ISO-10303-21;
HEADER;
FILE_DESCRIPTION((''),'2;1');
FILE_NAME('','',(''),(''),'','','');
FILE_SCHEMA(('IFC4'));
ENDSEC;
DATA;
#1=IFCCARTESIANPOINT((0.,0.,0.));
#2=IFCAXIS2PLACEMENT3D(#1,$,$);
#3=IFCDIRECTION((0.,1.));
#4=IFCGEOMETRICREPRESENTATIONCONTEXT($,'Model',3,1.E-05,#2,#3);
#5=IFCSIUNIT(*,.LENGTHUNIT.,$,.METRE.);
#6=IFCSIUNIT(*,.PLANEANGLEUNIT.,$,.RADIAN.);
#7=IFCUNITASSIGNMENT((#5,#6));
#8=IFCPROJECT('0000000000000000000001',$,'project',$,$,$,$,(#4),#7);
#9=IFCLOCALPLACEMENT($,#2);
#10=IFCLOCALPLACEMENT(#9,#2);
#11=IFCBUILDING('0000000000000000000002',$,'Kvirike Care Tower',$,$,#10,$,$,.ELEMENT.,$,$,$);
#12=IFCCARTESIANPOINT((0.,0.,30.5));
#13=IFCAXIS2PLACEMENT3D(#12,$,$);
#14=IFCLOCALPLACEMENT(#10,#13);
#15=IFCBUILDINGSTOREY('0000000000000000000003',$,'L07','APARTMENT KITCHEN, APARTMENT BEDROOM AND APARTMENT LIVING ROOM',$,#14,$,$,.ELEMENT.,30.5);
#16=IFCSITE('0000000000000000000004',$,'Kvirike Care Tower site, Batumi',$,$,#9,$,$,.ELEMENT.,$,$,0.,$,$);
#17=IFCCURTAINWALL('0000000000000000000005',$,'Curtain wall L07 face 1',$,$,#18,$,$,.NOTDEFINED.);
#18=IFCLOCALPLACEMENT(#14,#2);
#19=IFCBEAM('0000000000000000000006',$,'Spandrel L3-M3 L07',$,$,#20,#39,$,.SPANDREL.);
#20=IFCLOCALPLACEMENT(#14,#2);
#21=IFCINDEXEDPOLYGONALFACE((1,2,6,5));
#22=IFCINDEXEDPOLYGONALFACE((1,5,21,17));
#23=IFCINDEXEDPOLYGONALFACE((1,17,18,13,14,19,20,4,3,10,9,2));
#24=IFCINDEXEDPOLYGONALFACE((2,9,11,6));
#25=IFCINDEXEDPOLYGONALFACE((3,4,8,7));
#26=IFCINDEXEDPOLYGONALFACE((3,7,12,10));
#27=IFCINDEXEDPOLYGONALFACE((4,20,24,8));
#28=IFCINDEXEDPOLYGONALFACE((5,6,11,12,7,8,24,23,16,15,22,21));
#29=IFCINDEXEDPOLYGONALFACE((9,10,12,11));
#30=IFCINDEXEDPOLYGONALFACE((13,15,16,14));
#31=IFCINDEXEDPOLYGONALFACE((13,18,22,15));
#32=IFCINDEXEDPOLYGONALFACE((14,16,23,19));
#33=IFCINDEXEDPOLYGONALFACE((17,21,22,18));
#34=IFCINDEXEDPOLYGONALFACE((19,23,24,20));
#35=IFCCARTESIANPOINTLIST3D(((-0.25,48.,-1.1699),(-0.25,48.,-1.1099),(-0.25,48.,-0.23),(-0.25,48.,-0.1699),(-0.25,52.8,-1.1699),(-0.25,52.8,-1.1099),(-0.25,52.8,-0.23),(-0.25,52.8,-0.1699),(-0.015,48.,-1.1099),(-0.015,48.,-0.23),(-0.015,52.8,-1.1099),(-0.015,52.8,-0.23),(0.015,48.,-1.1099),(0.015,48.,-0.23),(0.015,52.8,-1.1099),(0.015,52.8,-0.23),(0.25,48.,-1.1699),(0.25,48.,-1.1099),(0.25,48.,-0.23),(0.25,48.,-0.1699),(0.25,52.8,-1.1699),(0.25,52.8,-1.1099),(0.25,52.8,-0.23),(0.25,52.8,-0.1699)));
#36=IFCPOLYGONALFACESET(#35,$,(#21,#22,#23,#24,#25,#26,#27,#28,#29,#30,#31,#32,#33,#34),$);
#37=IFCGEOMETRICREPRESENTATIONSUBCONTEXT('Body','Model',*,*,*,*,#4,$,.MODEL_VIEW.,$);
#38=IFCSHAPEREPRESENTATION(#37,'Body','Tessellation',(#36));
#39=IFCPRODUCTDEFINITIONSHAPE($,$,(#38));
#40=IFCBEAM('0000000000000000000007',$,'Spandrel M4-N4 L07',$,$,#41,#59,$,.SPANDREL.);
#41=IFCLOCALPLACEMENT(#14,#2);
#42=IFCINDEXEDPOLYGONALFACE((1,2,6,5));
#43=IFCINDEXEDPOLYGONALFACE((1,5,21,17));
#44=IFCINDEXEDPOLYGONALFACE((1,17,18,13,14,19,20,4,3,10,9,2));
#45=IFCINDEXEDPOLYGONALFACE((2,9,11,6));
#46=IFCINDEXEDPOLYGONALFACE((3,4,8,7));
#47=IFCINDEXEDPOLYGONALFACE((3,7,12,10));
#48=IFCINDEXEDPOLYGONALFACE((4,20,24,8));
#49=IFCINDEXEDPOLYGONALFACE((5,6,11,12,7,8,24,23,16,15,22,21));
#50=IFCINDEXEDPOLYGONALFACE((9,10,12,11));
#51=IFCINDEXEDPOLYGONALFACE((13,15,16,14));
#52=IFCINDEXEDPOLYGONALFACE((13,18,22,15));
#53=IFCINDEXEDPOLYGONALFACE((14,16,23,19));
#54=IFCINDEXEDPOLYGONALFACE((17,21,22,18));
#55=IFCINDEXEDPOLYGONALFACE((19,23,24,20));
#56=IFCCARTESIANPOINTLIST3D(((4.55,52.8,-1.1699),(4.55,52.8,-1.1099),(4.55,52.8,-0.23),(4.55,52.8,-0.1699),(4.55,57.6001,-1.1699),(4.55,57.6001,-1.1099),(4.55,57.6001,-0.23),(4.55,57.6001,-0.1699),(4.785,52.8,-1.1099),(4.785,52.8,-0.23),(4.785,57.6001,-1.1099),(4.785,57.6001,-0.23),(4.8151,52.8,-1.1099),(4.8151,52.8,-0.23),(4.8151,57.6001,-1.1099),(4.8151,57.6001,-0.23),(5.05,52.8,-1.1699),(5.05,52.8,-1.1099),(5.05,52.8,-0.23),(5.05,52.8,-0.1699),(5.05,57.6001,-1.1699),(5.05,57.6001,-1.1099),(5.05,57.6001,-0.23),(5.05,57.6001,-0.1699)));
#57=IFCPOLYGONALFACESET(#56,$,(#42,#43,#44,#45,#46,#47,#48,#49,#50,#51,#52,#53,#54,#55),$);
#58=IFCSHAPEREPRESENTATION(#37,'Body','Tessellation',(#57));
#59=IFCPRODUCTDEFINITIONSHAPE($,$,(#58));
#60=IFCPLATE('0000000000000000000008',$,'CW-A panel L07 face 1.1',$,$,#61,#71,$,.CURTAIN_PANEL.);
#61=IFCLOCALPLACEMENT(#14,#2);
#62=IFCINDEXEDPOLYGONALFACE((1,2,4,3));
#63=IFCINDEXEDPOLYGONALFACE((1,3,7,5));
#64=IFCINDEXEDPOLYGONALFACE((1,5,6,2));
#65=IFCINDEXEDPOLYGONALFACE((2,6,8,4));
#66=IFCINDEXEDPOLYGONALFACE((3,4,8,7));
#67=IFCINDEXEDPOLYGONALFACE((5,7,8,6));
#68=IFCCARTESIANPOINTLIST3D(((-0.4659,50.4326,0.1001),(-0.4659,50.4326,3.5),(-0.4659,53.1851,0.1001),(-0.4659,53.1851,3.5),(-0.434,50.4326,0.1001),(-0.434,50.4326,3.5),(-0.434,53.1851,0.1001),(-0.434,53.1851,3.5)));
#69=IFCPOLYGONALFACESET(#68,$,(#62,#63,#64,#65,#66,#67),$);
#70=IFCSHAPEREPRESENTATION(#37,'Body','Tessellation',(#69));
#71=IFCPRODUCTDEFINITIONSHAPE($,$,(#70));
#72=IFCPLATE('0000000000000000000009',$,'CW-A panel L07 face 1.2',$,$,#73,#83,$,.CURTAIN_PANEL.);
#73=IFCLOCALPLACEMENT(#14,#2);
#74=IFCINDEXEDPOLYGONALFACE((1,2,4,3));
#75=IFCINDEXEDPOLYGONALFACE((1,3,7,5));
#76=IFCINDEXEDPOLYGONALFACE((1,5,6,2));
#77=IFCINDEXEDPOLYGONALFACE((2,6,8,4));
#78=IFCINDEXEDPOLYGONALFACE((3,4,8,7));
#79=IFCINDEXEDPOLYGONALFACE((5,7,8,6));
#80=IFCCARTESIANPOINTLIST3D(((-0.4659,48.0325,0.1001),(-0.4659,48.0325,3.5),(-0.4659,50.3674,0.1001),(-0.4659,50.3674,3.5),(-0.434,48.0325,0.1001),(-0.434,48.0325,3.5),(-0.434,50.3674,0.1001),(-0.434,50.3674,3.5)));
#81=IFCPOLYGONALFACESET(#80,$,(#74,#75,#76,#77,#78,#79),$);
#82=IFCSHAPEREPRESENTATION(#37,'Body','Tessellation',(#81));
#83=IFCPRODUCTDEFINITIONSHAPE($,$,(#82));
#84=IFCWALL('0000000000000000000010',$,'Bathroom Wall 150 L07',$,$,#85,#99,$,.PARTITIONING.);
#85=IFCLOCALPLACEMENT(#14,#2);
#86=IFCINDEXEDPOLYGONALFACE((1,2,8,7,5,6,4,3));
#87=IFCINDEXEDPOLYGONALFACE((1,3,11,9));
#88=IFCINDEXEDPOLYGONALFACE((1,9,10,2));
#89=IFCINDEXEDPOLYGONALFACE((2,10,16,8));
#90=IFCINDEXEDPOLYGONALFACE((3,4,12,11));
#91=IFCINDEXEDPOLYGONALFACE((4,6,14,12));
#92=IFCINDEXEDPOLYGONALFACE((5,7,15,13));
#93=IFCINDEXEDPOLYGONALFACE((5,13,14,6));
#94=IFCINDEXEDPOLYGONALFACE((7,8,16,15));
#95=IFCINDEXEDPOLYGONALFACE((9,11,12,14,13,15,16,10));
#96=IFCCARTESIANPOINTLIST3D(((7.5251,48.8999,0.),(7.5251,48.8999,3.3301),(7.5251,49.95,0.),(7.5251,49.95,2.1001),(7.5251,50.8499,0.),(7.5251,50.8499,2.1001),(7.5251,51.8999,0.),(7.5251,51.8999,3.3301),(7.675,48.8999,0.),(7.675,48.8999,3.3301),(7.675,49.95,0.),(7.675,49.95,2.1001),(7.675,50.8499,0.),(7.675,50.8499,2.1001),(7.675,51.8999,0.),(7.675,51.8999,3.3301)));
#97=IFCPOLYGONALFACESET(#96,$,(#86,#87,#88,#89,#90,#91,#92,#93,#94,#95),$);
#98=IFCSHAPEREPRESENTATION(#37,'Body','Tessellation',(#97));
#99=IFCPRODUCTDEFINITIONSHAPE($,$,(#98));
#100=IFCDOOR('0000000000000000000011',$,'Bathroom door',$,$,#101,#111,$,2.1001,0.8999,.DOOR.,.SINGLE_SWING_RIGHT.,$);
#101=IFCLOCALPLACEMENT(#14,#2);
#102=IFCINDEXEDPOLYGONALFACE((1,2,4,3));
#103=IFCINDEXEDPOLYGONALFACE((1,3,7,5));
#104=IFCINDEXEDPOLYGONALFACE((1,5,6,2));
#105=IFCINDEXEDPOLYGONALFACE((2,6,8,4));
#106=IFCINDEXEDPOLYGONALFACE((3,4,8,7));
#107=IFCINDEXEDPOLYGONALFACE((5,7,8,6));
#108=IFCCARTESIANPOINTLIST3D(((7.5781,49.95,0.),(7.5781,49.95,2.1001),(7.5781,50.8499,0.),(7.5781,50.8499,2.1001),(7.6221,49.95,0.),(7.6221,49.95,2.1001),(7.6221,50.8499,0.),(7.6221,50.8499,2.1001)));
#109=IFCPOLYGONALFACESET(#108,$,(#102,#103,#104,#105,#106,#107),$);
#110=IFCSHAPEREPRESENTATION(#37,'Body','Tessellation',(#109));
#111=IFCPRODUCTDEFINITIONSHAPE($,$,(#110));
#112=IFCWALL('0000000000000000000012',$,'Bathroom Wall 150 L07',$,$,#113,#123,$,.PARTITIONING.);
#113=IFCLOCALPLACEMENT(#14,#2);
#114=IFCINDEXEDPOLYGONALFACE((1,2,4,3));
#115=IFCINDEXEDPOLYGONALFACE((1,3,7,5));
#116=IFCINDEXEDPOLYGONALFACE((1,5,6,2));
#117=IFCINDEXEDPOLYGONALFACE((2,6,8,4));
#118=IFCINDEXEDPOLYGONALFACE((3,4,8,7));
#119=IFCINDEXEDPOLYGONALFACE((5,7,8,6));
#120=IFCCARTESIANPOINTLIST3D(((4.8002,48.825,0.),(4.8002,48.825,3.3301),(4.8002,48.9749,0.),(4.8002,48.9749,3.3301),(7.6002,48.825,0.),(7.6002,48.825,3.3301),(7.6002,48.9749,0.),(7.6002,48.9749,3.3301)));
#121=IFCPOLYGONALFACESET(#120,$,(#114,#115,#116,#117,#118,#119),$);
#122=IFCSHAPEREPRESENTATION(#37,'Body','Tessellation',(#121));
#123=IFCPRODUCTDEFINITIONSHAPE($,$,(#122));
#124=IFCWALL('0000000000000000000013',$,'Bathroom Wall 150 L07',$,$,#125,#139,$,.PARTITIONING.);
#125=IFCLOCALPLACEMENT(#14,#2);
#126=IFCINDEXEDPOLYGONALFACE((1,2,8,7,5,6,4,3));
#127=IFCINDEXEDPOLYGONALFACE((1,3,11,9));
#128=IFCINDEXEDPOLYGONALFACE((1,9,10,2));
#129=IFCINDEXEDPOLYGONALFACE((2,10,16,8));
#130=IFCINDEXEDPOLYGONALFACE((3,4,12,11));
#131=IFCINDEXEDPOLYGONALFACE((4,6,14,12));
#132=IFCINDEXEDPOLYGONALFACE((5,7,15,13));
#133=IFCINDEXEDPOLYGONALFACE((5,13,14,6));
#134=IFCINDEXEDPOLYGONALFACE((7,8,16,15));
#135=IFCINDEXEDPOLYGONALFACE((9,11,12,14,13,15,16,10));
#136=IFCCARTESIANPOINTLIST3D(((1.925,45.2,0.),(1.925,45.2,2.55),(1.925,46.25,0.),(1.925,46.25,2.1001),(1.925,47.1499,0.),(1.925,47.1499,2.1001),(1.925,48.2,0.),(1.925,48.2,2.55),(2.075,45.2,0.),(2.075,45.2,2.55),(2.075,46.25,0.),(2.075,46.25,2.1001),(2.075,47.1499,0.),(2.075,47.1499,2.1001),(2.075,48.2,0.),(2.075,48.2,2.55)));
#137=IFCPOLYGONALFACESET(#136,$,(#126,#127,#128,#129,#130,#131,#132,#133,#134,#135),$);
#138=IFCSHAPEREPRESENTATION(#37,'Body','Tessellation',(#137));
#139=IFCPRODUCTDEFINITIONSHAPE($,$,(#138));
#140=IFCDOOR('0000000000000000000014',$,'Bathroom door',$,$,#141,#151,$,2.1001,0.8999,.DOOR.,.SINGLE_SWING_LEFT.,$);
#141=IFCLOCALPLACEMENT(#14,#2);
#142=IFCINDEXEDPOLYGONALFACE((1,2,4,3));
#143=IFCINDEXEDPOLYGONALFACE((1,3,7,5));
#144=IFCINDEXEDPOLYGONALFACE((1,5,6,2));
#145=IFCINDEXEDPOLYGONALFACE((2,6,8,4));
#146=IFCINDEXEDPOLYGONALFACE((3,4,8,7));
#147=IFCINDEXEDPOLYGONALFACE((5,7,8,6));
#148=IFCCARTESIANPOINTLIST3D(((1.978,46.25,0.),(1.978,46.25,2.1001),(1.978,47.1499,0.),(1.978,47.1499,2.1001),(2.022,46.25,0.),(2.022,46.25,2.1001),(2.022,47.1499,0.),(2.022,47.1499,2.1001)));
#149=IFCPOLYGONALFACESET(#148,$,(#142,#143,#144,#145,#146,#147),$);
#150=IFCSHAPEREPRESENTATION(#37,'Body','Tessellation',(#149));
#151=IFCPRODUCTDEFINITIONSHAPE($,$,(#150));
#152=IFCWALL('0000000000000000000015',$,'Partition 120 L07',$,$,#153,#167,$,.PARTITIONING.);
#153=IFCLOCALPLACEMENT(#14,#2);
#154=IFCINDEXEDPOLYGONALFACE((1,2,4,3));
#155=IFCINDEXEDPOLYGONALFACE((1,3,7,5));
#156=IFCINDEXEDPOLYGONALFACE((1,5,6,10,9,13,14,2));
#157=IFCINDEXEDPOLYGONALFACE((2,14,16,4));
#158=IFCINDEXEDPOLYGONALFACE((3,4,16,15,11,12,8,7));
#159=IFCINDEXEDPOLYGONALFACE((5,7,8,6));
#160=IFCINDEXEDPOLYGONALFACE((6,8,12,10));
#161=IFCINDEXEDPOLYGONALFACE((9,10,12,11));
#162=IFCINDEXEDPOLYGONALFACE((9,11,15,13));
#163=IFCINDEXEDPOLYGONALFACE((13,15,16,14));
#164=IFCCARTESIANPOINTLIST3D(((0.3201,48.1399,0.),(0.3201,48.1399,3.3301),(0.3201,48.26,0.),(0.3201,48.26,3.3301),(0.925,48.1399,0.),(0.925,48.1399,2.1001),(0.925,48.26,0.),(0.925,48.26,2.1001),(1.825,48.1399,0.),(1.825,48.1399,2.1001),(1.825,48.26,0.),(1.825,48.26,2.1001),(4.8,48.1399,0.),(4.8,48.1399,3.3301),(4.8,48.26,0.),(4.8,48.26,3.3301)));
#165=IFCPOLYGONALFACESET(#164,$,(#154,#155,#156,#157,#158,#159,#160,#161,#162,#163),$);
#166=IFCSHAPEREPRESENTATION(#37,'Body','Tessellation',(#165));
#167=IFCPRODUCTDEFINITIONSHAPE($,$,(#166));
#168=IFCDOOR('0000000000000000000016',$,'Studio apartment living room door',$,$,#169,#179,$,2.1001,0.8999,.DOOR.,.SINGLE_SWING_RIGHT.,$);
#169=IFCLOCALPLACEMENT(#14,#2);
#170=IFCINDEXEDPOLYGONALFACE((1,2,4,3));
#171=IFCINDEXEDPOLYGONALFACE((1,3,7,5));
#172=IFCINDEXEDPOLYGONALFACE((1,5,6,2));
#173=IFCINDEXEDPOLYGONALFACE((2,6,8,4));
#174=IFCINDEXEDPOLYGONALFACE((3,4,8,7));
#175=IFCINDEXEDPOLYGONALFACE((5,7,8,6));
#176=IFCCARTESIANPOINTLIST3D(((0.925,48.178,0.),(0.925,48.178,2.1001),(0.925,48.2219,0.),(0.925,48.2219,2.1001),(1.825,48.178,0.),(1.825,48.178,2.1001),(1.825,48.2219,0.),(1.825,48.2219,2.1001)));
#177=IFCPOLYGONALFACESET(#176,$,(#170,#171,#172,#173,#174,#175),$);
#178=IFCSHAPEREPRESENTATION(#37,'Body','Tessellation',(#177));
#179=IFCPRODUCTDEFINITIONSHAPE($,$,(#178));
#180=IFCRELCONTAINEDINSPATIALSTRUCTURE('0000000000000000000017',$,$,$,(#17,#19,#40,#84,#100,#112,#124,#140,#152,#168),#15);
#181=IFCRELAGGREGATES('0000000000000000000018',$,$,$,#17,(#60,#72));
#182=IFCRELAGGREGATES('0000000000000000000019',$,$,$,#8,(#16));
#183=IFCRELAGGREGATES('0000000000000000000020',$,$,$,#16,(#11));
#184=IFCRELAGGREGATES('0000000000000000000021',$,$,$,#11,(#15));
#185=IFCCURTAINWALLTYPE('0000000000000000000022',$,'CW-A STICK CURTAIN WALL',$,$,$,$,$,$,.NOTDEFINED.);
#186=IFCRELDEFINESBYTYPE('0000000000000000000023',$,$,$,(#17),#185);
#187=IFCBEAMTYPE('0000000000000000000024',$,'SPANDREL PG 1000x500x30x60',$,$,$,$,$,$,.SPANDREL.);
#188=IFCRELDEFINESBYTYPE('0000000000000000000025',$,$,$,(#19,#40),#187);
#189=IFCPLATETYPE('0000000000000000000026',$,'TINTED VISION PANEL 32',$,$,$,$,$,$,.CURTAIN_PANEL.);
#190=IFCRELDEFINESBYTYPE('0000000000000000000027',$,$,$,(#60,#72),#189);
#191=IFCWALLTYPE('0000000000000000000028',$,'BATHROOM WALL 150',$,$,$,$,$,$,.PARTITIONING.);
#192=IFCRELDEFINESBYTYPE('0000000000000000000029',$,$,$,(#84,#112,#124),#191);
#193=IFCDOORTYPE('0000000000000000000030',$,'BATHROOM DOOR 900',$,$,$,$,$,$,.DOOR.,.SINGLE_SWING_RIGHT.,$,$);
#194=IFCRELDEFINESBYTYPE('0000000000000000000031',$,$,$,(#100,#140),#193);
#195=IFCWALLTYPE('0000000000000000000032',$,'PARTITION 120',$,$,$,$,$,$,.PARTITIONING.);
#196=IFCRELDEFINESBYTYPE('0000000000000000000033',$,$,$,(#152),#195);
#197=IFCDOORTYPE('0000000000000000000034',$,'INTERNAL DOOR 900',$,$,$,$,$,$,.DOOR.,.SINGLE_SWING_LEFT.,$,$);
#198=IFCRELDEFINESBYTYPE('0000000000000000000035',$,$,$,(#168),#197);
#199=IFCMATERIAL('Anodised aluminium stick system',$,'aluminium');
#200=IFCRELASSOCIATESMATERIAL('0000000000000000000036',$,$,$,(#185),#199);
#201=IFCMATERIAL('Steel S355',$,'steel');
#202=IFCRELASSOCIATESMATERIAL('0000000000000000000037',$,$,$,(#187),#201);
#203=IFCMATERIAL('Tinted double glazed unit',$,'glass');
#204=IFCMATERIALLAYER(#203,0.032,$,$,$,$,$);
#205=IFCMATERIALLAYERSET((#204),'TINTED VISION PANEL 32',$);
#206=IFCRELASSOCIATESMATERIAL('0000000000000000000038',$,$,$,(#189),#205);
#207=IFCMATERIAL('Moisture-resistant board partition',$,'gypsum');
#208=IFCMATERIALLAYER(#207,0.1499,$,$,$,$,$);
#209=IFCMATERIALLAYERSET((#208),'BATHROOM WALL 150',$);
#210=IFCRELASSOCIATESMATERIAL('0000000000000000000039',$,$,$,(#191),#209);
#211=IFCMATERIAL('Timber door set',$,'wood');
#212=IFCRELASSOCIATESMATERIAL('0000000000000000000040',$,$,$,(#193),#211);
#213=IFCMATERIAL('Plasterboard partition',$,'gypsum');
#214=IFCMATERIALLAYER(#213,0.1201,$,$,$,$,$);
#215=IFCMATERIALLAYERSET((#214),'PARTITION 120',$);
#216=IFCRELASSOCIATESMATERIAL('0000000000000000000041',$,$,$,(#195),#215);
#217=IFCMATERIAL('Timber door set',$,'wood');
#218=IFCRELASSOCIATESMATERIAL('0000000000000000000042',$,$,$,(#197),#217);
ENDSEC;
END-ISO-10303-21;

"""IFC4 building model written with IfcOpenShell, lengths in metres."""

from ifc_helpers import new_model, si_unit, direction, frame, frame_2d, origin, origin_2d, place, context, subcontext, project, spatial, rectangle, i_section, extrude, material, layer, layer_set, material_profile, profile_set, type_object, element, fill, aggregate, save


model = new_model("IFC4")

# Units and contexts
model_context = context("Model", 3, precision=1e-05, world=origin(), true_north=direction((0.0, 1.0)))
body_context = subcontext(model_context, "Body", "Model", "MODEL_VIEW")
ifc_project = project(units=[si_unit("LENGTHUNIT", "METRE"), si_unit("PLANEANGLEUNIT", "RADIAN")], contexts=[model_context])

# Site, building, storey
site_placement = place(None, origin())
site = spatial("IfcSite", under=ifc_project, at=site_placement, Name="Kvirike Care Tower site, Batumi", CompositionType="ELEMENT", RefElevation=0.0)
building_placement = place(site_placement, origin())
building = spatial("IfcBuilding", under=site, at=building_placement, Name="Kvirike Care Tower", CompositionType="ELEMENT")
storey_placement = place(building_placement, frame((0.0, 0.0, 30.5)))
storey = spatial("IfcBuildingStorey", under=building, at=storey_placement, Name="L07", Description="APARTMENT KITCHEN, APARTMENT BEDROOM AND APARTMENT LIVING ROOM", CompositionType="ELEMENT", Elevation=30.5)

# Curtain wall
ifc_material_1 = material(Name="Anodised aluminium stick system", Category="aluminium")
curtain_wall_type = type_object("IfcCurtainWallType", Name="CW-A STICK CURTAIN WALL", PredefinedType="NOTDEFINED", material=ifc_material_1)
curtain_wall_1_placement = place(storey_placement, origin())
curtain_wall_1 = element("IfcCurtainWall", 1, at=curtain_wall_1_placement, inside=storey, type_object=curtain_wall_type, Name="Curtain wall L07 face 1", PredefinedType="NOTDEFINED")

# Beams
ifc_material_2 = material(Name="Steel S355", Category="steel")
ifc_material_profile_1 = material_profile(ifc_material_2, i_section(OverallWidth=0.5, OverallDepth=1.0, WebThickness=0.03, FlangeThickness=0.0601, at=origin_2d()), Name="PG 1000x500x30x60")
ifc_profile_set_1 = profile_set([ifc_material_profile_1], Name="Steel S355")
beam_type_1 = type_object("IfcBeamType", Name="SPANDREL PG 1000x500x30x60", PredefinedType="SPANDREL", material=ifc_profile_set_1)
for number, where, z_axis, x_axis, name in (
    (2, (0.0, 48.0, -0.6699), (0.0, 1.0, 0.0), (-1.0, 0.0, 0.0), "Spandrel L3-M3 L07"),
    (3, (4.8, 52.8, -0.6699), (0.0, 1.0, 0.0), (-1.0, 0.0, 0.0), "Spandrel M4-N4 L07"),
):
    element("IfcBeam", number, at=place(storey_placement, frame(where, z_axis=z_axis, x_axis=x_axis)), inside=storey, type_object=beam_type_1, Name=name, PredefinedType="SPANDREL", context=body_context, shape_type="SweptSolid", body=[
        extrude(i_section(OverallWidth=0.5, OverallDepth=1.0, WebThickness=0.03, FlangeThickness=0.0601, at=origin_2d()), origin(), (0.0, 0.0, 1.0), 4.8),
    ])

# Plates
ifc_material_3 = material(Name="Tinted double glazed unit", Category="glass")
ifc_layer_1 = layer(ifc_material_3, 0.032)
ifc_layer_set_1 = layer_set([ifc_layer_1], Name="TINTED VISION PANEL 32")
plate_type = type_object("IfcPlateType", Name="TINTED VISION PANEL 32", PredefinedType="CURTAIN_PANEL", material=ifc_layer_set_1)
plate_1_placement = place(storey_placement, frame((-0.45, 51.8088, 0.1001), z_axis=(0.0, 0.0, 1.0), x_axis=(0.0, -1.0, 0.0)))
plate_1 = element("IfcPlate", 4, at=plate_1_placement, type_object=plate_type, Name="CW-A panel L07 face 1.1", PredefinedType="CURTAIN_PANEL", context=body_context, shape_type="SweptSolid", body=[
    extrude(rectangle(XDim=2.7524, YDim=0.032, at=origin_2d()), origin(), (0.0, 0.0, 1.0), 3.3999),
])
plate_2_placement = place(storey_placement, frame((-0.45, 49.2, 0.1001), z_axis=(0.0, 0.0, 1.0), x_axis=(0.0, -1.0, 0.0)))
plate_2 = element("IfcPlate", 5, at=plate_2_placement, type_object=plate_type, Name="CW-A panel L07 face 1.2", PredefinedType="CURTAIN_PANEL", context=body_context, shape_type="SweptSolid", body=[
    extrude(rectangle(XDim=2.335, YDim=0.032, at=origin_2d()), origin(), (0.0, 0.0, 1.0), 3.3999),
])
aggregate(curtain_wall_1, [plate_1, plate_2])

# Wall, opening, door
ifc_material_4 = material(Name="Moisture-resistant board partition", Category="gypsum")
ifc_layer_2 = layer(ifc_material_4, 0.1499)
ifc_layer_set_2 = layer_set([ifc_layer_2], Name="BATHROOM WALL 150")
wall_type_1 = type_object("IfcWallType", Name="BATHROOM WALL 150", PredefinedType="PARTITIONING", material=ifc_layer_set_2)
wall_1_placement = place(storey_placement, frame((7.6001, 51.8999, 0.0), z_axis=(0.0, 0.0, 1.0), x_axis=(0.0, -1.0, 0.0)))
wall_1 = element("IfcWall", 6, at=wall_1_placement, inside=storey, type_object=wall_type_1, Name="Bathroom Wall 150 L07", PredefinedType="PARTITIONING", context=body_context, shape_type="SweptSolid", body=[
    extrude(rectangle(XDim=3.0, YDim=0.1499, at=frame_2d((1.5, 0.0))), origin(), (0.0, 0.0, 1.0), 3.3301),
])
opening_1_placement = place(wall_1_placement, frame((1.05, 0.0, 0.0)))
opening_1 = element("IfcOpeningElement", 7, at=opening_1_placement, cuts=wall_1, PredefinedType="OPENING", context=body_context, shape_type="SweptSolid", body=[
    extrude(rectangle(XDim=0.8999, YDim=2.1001, at=frame_2d((0.45, 1.05))), frame((0.0, 0.0854, 0.0), z_axis=(0.0, -1.0, 0.0), x_axis=(1.0, 0.0, 0.0)), (0.0, 0.0, 1.0), 0.1709),
])
ifc_material_5 = material(Name="Timber door set", Category="wood")
door_type_1 = type_object("IfcDoorType", Name="BATHROOM DOOR 900", OperationType="SINGLE_SWING_RIGHT", PredefinedType="DOOR", material=ifc_material_5)
door_1_placement = place(opening_1_placement, frame((0.8999, 0.0, 0.0), z_axis=(0.0, 0.0, 1.0), x_axis=(-1.0, 0.0, 0.0)))
door_1 = element("IfcDoor", 8, at=door_1_placement, inside=storey, type_object=door_type_1, Name="Bathroom door", OperationType="SINGLE_SWING_RIGHT", OverallHeight=2.1001, OverallWidth=0.8999, PredefinedType="DOOR", context=body_context, shape_type="SweptSolid", body=[
    extrude(rectangle(XDim=0.8999, YDim=2.1001, at=frame_2d((0.45, 1.05))), frame((0.0, 0.022, 0.0), z_axis=(0.0, -1.0, 0.0), x_axis=(1.0, 0.0, 0.0)), (0.0, 0.0, 1.0), 0.0439),
])
fill(opening_1, door_1)

# Wall
wall_2_placement = place(storey_placement, frame((7.6001, 48.8999, 0.0), z_axis=(0.0, 0.0, 1.0), x_axis=(-1.0, 0.0, 0.0)))
element("IfcWall", 9, at=wall_2_placement, inside=storey, type_object=wall_type_1, Name="Bathroom Wall 150 L07", PredefinedType="PARTITIONING", context=body_context, shape_type="SweptSolid", body=[
    extrude(rectangle(XDim=2.8, YDim=0.1499, at=frame_2d((1.3999, 0.0))), origin(), (0.0, 0.0, 1.0), 3.3301),
])

# Walls, openings, doors
wall_3_placement = place(storey_placement, frame((2.0, 48.2, 0.0), z_axis=(0.0, 0.0, 1.0), x_axis=(0.0, -1.0, 0.0)))
wall_3 = element("IfcWall", 10, at=wall_3_placement, inside=storey, type_object=wall_type_1, Name="Bathroom Wall 150 L07", PredefinedType="PARTITIONING", context=body_context, shape_type="SweptSolid", body=[
    extrude(rectangle(XDim=3.0, YDim=0.1499, at=frame_2d((1.5, 0.0))), origin(), (0.0, 0.0, 1.0), 2.55),
])
opening_2_placement = place(wall_3_placement, frame((1.05, 0.0, 0.0)))
opening_2 = element("IfcOpeningElement", 11, at=opening_2_placement, cuts=wall_3, PredefinedType="OPENING", context=body_context, shape_type="SweptSolid", body=[
    extrude(rectangle(XDim=0.8999, YDim=2.1001, at=frame_2d((0.45, 1.05))), frame((0.0, 0.0854, 0.0), z_axis=(0.0, -1.0, 0.0), x_axis=(1.0, 0.0, 0.0)), (0.0, 0.0, 1.0), 0.1709),
])
door_2_placement = place(opening_2_placement, origin())
door_2 = element("IfcDoor", 12, at=door_2_placement, inside=storey, type_object=door_type_1, Name="Bathroom door", OperationType="SINGLE_SWING_LEFT", OverallHeight=2.1001, OverallWidth=0.8999, PredefinedType="DOOR", context=body_context, shape_type="SweptSolid", body=[
    extrude(rectangle(XDim=0.8999, YDim=2.1001, at=frame_2d((0.45, 1.05))), frame((0.0, 0.022, 0.0), z_axis=(0.0, -1.0, 0.0), x_axis=(1.0, 0.0, 0.0)), (0.0, 0.0, 1.0), 0.0439),
])
fill(opening_2, door_2)
ifc_material_6 = material(Name="Plasterboard partition", Category="gypsum")
ifc_layer_3 = layer(ifc_material_6, 0.1201)
ifc_layer_set_3 = layer_set([ifc_layer_3], Name="PARTITION 120")
wall_type_2 = type_object("IfcWallType", Name="PARTITION 120", PredefinedType="PARTITIONING", material=ifc_layer_set_3)
wall_4_placement = place(storey_placement, frame((4.8, 48.2, 0.0), z_axis=(0.0, 0.0, 1.0), x_axis=(-1.0, 0.0, 0.0)))
wall_4 = element("IfcWall", 13, at=wall_4_placement, inside=storey, type_object=wall_type_2, Name="Partition 120 L07", PredefinedType="PARTITIONING", context=body_context, shape_type="SweptSolid", body=[
    extrude(rectangle(XDim=4.48, YDim=0.1201, at=frame_2d((2.24, 0.0))), origin(), (0.0, 0.0, 1.0), 3.3301),
])
opening_3_placement = place(wall_4_placement, frame((2.9751, 0.0, 0.0)))
opening_3 = element("IfcOpeningElement", 14, at=opening_3_placement, cuts=wall_4, PredefinedType="OPENING", context=body_context, shape_type="SweptSolid", body=[
    extrude(rectangle(XDim=0.8999, YDim=2.1001, at=frame_2d((0.45, 1.05))), frame((0.0, 0.0706, 0.0), z_axis=(0.0, -1.0, 0.0), x_axis=(1.0, 0.0, 0.0)), (0.0, 0.0, 1.0), 0.1411),
])
ifc_material_7 = material(Name="Timber door set", Category="wood")
door_type_2 = type_object("IfcDoorType", Name="INTERNAL DOOR 900", OperationType="SINGLE_SWING_LEFT", PredefinedType="DOOR", material=ifc_material_7)
door_3_placement = place(opening_3_placement, origin())
door_3 = element("IfcDoor", 15, at=door_3_placement, inside=storey, type_object=door_type_2, Name="Studio apartment living room door", OperationType="SINGLE_SWING_RIGHT", OverallHeight=2.1001, OverallWidth=0.8999, PredefinedType="DOOR", context=body_context, shape_type="SweptSolid", body=[
    extrude(rectangle(XDim=0.8999, YDim=2.1001, at=frame_2d((0.45, 1.05))), frame((0.0, 0.022, 0.0), z_axis=(0.0, -1.0, 0.0), x_axis=(1.0, 0.0, 0.0)), (0.0, 0.0, 1.0), 0.0439),
])
fill(opening_3, door_3)

save(model, "model.ifc")
